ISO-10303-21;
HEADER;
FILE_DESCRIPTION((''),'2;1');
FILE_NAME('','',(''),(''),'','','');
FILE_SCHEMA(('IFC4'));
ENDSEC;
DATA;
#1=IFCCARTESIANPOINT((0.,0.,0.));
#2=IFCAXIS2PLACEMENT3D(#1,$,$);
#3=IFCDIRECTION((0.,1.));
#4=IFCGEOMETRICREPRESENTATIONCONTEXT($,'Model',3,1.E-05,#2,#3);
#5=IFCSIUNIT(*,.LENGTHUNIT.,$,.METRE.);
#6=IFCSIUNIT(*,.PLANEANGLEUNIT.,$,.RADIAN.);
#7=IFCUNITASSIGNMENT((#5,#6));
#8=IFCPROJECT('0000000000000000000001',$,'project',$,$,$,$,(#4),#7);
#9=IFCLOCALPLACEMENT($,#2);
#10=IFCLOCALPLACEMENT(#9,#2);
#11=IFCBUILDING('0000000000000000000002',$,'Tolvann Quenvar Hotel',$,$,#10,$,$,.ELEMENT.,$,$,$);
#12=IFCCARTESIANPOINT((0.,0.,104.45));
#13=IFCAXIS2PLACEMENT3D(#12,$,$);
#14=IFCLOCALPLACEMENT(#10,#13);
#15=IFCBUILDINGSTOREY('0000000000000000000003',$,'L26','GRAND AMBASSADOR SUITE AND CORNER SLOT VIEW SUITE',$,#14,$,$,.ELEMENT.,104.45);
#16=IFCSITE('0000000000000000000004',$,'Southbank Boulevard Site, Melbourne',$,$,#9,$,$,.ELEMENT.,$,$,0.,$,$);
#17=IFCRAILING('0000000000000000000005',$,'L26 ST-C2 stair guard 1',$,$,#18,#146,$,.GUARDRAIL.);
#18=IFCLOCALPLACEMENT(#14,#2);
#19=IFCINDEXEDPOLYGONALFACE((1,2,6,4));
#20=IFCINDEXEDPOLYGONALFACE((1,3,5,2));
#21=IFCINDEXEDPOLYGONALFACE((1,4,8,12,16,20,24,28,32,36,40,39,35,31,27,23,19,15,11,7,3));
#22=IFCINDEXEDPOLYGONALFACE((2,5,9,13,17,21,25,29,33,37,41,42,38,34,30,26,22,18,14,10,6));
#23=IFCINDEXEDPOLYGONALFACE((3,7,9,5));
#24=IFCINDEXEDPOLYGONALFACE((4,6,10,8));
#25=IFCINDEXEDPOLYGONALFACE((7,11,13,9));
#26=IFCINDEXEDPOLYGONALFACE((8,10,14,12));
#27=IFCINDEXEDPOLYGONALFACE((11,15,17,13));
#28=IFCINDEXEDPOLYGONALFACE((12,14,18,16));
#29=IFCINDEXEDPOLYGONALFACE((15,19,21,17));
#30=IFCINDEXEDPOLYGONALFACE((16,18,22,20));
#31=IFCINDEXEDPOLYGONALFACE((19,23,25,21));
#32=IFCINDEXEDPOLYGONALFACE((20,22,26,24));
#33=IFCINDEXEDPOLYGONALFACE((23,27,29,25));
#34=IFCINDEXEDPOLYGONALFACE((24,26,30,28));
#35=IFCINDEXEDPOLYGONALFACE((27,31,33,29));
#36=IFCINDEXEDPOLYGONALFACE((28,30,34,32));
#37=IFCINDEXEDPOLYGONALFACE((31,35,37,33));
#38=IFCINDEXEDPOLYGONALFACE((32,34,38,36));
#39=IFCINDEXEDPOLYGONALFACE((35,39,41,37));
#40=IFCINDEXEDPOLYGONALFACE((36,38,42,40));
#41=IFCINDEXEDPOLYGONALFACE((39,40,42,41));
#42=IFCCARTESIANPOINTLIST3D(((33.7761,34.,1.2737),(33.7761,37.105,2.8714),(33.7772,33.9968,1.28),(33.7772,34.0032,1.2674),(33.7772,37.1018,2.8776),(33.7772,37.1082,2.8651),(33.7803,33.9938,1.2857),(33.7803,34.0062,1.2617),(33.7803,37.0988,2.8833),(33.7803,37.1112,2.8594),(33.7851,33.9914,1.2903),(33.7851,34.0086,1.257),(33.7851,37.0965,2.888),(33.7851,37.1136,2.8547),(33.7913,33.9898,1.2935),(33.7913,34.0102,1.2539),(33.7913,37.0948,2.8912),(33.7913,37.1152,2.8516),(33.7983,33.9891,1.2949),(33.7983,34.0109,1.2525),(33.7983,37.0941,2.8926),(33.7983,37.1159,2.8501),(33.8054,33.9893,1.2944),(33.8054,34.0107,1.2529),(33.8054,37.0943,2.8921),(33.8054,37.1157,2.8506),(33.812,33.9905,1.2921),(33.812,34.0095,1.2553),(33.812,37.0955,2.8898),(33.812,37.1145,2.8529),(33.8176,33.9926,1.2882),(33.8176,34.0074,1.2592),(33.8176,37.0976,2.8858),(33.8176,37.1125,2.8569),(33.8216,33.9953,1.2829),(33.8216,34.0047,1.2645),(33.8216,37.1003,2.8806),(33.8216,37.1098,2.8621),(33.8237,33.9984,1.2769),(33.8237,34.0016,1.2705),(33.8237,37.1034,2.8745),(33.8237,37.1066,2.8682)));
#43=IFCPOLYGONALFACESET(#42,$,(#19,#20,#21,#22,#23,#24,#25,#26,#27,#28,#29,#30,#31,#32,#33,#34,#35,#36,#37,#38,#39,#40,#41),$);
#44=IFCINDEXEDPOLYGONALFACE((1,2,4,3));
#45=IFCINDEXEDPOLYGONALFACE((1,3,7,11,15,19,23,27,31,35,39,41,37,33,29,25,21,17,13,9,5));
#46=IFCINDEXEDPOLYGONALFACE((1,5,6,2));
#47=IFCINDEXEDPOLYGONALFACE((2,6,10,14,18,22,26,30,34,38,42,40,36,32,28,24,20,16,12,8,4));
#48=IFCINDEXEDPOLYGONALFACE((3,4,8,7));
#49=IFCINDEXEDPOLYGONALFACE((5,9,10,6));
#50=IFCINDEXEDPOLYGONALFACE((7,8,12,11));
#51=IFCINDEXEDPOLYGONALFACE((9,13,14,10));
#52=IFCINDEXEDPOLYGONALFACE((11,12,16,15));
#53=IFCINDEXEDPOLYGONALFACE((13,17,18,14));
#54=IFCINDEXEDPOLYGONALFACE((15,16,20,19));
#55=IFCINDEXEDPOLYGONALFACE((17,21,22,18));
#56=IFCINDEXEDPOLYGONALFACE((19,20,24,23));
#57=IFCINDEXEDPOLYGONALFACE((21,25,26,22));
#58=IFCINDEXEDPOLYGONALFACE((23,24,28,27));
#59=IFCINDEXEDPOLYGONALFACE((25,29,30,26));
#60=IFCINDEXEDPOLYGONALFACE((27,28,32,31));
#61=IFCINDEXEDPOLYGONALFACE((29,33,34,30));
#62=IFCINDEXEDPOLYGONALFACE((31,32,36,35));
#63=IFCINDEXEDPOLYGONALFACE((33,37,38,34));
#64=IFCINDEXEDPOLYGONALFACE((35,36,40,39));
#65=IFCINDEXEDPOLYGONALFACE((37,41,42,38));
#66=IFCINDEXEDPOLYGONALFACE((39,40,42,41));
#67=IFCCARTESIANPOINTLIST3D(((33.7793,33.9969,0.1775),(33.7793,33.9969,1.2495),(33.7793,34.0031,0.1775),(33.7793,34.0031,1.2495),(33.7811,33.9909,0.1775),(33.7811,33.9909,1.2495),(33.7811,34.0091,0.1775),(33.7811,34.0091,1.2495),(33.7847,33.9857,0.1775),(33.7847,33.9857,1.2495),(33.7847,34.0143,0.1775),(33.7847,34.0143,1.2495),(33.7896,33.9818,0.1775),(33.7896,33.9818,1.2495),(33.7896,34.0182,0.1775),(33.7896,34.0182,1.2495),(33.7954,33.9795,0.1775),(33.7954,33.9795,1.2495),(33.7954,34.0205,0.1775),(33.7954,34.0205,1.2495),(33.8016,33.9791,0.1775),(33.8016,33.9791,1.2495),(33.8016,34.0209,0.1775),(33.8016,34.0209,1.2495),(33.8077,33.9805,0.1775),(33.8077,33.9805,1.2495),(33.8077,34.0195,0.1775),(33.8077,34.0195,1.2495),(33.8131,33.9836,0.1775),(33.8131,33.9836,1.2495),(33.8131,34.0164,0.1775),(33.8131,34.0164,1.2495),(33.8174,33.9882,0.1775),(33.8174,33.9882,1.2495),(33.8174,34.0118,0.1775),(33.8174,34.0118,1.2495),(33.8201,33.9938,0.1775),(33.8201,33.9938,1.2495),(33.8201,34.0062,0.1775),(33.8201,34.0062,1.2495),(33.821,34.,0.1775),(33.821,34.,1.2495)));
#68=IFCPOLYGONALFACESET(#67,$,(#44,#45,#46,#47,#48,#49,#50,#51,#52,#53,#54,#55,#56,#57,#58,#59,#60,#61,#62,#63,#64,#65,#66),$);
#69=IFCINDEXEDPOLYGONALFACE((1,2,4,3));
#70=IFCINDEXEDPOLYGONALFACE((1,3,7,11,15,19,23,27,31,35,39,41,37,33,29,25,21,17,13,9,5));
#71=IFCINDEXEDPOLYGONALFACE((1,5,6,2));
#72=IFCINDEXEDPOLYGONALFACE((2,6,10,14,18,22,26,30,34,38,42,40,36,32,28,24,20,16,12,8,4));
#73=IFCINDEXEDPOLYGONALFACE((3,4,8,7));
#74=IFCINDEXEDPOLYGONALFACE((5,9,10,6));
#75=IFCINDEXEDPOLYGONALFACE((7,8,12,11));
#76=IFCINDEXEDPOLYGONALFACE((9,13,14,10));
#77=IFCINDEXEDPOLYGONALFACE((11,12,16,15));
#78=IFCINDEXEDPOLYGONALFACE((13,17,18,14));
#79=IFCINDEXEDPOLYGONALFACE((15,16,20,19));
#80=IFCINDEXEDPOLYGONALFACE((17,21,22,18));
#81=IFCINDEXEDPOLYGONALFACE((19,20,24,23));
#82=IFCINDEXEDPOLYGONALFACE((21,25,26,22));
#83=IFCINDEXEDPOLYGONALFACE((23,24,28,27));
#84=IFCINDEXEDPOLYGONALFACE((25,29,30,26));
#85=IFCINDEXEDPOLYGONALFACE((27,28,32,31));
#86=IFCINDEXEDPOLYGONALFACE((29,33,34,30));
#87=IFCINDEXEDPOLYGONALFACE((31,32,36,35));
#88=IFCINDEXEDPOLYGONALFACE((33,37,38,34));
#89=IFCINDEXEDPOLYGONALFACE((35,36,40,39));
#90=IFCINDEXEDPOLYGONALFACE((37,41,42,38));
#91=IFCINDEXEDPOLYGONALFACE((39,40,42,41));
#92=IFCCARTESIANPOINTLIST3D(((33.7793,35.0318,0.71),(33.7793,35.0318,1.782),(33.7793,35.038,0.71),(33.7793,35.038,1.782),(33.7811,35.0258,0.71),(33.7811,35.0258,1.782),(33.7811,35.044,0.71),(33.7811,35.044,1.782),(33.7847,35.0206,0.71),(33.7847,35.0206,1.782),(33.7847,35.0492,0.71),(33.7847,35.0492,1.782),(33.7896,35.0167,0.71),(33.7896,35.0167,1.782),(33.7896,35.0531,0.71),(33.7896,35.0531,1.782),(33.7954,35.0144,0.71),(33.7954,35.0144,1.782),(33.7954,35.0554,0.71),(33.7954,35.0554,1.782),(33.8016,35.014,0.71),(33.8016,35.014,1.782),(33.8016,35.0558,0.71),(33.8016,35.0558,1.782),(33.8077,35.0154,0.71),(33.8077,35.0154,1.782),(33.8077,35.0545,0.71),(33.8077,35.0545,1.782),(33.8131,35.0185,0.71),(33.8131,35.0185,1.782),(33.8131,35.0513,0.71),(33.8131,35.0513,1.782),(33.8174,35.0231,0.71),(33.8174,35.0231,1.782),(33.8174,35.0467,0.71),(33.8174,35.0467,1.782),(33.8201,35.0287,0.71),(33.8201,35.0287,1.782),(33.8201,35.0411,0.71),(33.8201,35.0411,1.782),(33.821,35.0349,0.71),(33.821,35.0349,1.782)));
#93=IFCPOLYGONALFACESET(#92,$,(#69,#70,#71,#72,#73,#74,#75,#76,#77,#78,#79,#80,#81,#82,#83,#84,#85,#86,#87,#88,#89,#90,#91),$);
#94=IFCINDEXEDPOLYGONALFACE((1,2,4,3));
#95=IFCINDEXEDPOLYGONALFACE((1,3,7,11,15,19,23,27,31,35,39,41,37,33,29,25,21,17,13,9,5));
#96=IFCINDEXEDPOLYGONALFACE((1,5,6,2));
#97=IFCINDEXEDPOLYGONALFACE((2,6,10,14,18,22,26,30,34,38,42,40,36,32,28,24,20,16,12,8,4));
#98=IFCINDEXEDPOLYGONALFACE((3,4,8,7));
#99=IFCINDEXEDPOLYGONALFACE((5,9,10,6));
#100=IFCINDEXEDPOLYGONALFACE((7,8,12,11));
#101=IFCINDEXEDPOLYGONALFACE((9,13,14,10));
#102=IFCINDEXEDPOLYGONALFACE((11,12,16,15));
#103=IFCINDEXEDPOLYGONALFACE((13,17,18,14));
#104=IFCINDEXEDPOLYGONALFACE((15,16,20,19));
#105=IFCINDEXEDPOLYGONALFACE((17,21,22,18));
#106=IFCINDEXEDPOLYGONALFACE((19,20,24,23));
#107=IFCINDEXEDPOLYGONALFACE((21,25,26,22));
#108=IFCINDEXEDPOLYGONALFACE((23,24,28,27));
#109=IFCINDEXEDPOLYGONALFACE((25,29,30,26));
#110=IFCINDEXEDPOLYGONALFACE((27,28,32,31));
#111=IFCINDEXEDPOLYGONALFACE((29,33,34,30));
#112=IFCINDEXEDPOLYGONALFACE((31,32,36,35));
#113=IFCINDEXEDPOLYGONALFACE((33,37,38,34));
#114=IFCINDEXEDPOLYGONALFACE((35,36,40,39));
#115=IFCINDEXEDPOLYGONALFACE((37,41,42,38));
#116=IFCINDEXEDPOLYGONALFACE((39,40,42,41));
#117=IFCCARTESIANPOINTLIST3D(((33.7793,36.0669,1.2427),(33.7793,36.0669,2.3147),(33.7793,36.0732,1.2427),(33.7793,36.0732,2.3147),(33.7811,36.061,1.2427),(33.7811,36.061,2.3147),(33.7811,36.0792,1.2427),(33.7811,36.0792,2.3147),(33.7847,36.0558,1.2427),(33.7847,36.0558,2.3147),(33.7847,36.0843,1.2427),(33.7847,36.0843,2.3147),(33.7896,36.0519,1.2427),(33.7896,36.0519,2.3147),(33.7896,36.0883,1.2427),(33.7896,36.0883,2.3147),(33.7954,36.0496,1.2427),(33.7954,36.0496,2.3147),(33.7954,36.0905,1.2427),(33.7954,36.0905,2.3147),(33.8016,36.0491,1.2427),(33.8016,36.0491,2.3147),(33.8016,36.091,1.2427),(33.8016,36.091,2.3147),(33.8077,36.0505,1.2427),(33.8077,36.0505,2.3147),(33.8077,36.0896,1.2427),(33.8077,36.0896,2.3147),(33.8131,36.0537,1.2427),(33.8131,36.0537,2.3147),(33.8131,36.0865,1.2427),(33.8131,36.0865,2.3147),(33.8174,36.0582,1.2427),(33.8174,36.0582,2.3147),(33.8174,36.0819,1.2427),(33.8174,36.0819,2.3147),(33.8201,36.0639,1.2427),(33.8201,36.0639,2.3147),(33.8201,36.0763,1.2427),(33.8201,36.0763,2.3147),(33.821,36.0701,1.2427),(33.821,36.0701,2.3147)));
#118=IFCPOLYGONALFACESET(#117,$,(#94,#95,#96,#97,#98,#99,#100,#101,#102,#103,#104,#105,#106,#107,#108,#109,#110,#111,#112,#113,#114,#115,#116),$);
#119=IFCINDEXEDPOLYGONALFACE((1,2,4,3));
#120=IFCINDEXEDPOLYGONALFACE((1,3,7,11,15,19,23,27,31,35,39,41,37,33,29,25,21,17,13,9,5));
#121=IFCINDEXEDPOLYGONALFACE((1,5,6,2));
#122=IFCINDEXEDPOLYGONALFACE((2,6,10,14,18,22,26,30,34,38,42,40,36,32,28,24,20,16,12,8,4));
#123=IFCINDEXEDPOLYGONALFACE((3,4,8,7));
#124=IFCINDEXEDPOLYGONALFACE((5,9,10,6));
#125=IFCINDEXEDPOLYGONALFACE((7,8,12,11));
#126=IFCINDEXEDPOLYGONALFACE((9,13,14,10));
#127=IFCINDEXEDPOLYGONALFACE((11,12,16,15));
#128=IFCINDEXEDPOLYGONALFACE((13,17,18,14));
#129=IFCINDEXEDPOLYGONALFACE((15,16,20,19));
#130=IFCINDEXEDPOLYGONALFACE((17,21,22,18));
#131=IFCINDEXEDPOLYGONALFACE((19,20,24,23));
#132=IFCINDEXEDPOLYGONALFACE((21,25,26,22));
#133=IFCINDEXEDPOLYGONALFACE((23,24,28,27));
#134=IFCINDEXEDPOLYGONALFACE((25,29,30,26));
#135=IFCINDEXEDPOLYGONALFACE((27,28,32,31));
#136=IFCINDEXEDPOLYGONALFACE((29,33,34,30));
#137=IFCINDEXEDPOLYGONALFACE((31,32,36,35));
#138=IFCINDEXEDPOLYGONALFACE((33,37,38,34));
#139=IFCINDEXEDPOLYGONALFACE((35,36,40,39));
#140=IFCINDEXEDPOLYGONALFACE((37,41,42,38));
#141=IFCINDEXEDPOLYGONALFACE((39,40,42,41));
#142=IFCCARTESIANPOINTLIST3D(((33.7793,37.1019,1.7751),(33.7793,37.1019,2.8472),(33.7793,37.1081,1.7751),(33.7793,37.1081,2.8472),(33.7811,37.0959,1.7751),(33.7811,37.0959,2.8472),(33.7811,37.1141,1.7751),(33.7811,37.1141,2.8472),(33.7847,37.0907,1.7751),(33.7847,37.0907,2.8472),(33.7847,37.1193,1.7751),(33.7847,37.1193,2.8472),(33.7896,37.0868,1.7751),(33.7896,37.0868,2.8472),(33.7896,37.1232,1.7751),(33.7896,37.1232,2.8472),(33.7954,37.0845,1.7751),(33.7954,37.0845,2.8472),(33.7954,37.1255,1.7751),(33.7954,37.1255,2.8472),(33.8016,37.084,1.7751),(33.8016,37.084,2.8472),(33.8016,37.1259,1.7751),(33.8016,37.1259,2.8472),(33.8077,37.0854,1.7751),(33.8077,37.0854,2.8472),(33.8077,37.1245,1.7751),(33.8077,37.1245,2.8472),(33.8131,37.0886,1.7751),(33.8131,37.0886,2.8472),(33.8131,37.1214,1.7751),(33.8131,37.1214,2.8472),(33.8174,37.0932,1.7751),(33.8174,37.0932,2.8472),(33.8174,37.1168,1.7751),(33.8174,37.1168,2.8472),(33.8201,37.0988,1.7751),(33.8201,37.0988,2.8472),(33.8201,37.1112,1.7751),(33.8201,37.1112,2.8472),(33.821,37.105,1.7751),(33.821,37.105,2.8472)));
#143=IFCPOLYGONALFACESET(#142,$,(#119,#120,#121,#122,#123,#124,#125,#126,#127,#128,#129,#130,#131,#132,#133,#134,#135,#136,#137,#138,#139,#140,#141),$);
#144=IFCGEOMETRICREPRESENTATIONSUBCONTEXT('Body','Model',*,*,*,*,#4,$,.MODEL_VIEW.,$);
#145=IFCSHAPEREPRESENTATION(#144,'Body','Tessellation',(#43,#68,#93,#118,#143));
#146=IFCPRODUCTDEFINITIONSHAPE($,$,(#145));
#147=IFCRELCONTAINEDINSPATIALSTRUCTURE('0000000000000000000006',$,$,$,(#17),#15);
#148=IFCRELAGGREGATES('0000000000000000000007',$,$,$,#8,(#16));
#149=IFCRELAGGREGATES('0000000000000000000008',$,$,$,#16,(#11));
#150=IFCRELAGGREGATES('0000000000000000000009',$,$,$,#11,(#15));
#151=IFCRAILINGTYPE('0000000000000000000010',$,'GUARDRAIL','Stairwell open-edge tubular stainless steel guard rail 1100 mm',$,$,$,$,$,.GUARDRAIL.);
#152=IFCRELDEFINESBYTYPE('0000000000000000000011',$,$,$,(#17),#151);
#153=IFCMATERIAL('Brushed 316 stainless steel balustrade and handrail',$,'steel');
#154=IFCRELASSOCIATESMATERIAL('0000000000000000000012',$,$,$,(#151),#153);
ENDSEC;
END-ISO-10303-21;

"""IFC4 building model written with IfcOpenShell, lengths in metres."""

from ifc_helpers import new_model, si_unit, direction, frame, origin, origin_2d, place, context, subcontext, project, spatial, circle, extrude, material, type_object, element, save


model = new_model("IFC4")

# Units and contexts
model_context = context("Model", 3, precision=1e-05, world=origin(), true_north=direction((0.0, 1.0)))
body_context = subcontext(model_context, "Body", "Model", "MODEL_VIEW")
ifc_project = project(units=[si_unit("LENGTHUNIT", "METRE"), si_unit("PLANEANGLEUNIT", "RADIAN")], contexts=[model_context])

# Site, building, storey
site_placement = place(None, origin())
site = spatial("IfcSite", under=ifc_project, at=site_placement, Name="Southbank Boulevard Site, Melbourne", CompositionType="ELEMENT", RefElevation=0.0)
building_placement = place(site_placement, origin())
building = spatial("IfcBuilding", under=site, at=building_placement, Name="Tolvann Quenvar Hotel", CompositionType="ELEMENT")
storey_placement = place(building_placement, frame((0.0, 0.0, 104.45)))
storey = spatial("IfcBuildingStorey", under=building, at=storey_placement, Name="L26", Description="GRAND AMBASSADOR SUITE AND CORNER SLOT VIEW SUITE", CompositionType="ELEMENT", Elevation=104.45)

# Railing
ifc_material_1 = material(Name="Brushed 316 stainless steel balustrade and handrail", Category="steel")
railing_type_1 = type_object("IfcRailingType", Name="GUARDRAIL", Description="Stairwell open-edge tubular stainless steel guard rail 1100 mm", PredefinedType="GUARDRAIL", material=ifc_material_1)
railing_1_placement = place(storey_placement, frame((33.8, 34.0, 0.1775)))
element("IfcRailing", 1, at=railing_1_placement, inside=storey, type_object=railing_type_1, Name="L26 ST-C2 stair guard 1", PredefinedType="GUARDRAIL", context=body_context, shape_type="SweptSolid", body=[
    extrude(circle(Radius=0.0239, at=origin_2d()), frame((0.0, 0.0, 1.0962), z_axis=(0.0, 0.889194, 0.457531), x_axis=(-1.0, 0.0, 0.0)), (0.0, 0.0, 1.0), 3.4919),
    extrude(circle(Radius=0.021, at=origin_2d()), origin(), (0.0, 0.0, 1.0), 1.072),
    extrude(circle(Radius=0.021, at=origin_2d()), frame((0.0, 1.0349, 0.5325)), (0.0, 0.0, 1.0), 1.072),
    extrude(circle(Radius=0.021, at=origin_2d()), frame((0.0, 2.0701, 1.0652)), (0.0, 0.0, 1.0), 1.072),
    extrude(circle(Radius=0.021, at=origin_2d()), frame((0.0, 3.105, 1.5977)), (0.0, 0.0, 1.0), 1.072),
])

save(model, "model.ifc")
